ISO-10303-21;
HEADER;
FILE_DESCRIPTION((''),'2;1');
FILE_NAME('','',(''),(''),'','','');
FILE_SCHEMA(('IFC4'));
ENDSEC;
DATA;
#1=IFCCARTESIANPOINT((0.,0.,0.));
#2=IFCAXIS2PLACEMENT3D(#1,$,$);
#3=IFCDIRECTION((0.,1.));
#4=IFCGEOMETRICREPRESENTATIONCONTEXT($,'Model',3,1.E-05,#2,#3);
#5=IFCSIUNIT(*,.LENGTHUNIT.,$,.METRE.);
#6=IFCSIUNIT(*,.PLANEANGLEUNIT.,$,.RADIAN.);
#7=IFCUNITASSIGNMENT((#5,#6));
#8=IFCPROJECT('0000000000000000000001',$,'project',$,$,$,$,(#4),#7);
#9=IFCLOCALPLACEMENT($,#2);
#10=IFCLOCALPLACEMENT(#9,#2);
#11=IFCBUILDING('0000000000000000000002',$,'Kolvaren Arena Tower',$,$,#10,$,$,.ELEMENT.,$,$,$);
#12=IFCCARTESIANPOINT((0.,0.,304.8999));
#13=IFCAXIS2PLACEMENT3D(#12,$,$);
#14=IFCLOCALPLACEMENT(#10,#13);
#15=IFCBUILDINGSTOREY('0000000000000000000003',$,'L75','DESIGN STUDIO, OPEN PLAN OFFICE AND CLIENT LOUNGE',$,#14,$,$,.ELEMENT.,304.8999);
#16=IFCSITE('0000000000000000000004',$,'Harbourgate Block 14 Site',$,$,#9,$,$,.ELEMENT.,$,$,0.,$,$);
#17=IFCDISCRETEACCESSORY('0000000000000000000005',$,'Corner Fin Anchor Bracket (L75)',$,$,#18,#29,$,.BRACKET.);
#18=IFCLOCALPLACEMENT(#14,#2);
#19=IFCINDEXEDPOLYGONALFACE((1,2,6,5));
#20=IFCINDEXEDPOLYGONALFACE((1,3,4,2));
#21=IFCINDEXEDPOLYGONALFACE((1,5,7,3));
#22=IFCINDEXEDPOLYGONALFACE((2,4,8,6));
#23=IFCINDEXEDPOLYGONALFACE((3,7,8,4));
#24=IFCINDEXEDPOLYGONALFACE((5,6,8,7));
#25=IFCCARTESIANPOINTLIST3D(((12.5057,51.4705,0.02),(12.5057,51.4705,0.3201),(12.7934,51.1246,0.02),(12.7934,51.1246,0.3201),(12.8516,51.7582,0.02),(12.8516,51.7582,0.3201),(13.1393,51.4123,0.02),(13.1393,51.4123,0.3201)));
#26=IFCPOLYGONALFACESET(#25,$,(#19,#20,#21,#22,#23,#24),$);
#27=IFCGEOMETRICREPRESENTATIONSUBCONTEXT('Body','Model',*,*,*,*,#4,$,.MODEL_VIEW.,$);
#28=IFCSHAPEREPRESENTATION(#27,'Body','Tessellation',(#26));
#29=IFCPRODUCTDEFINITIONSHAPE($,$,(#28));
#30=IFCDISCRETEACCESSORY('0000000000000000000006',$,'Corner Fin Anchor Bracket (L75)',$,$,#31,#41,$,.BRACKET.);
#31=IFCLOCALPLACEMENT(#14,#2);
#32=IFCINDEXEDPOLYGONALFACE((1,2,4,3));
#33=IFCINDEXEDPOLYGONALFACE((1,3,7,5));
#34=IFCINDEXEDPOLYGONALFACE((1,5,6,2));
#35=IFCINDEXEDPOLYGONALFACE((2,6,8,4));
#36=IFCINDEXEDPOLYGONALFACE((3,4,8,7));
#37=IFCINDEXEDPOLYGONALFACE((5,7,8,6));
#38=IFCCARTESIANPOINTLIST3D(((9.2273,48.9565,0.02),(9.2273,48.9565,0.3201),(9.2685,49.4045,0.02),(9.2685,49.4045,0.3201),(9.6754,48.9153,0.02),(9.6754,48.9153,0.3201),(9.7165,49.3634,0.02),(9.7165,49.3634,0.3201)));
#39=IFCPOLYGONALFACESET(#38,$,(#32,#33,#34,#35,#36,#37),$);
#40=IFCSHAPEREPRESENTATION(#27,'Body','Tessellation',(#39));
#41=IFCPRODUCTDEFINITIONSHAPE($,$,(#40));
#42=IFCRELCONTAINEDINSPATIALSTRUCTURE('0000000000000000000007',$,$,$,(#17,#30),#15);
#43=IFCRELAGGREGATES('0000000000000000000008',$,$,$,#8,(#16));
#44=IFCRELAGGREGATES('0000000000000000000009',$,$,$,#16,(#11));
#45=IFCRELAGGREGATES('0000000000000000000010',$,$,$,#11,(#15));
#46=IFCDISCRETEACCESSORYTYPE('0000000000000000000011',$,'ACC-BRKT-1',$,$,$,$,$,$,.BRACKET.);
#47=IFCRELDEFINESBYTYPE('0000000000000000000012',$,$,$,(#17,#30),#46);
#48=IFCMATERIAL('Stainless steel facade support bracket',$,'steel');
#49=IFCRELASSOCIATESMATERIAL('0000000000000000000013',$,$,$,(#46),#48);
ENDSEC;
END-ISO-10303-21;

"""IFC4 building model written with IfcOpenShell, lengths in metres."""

from ifc_helpers import new_model, si_unit, direction, frame, origin, origin_2d, place, context, subcontext, project, spatial, rectangle, extrude, material, type_object, element, save


model = new_model("IFC4")

# Units and contexts
model_context = context("Model", 3, precision=1e-05, world=origin(), true_north=direction((0.0, 1.0)))
body_context = subcontext(model_context, "Body", "Model", "MODEL_VIEW")
ifc_project = project(units=[si_unit("LENGTHUNIT", "METRE"), si_unit("PLANEANGLEUNIT", "RADIAN")], contexts=[model_context])

# Site, building, storey
site_placement = place(None, origin())
site = spatial("IfcSite", under=ifc_project, at=site_placement, Name="Harbourgate Block 14 Site", CompositionType="ELEMENT", RefElevation=0.0)
building_placement = place(site_placement, origin())
building = spatial("IfcBuilding", under=site, at=building_placement, Name="Kolvaren Arena Tower", CompositionType="ELEMENT")
storey_placement = place(building_placement, frame((0.0, 0.0, 304.8999)))
storey = spatial("IfcBuildingStorey", under=building, at=storey_placement, Name="L75", Description="DESIGN STUDIO, OPEN PLAN OFFICE AND CLIENT LOUNGE", CompositionType="ELEMENT", Elevation=304.8999)

# Discrete accessories
ifc_material_1 = material(Name="Stainless steel facade support bracket", Category="steel")
discrete_accessory_type = type_object("IfcDiscreteAccessoryType", Name="ACC-BRKT-1", PredefinedType="BRACKET", material=ifc_material_1)
for number, where, z_axis, x_axis, name in (
    (1, (12.8225, 51.4414, 0.02), (0.0, 0.0, 1.0), (-0.639409, 0.768866, 0.0), "Corner Fin Anchor Bracket (L75)"),
    (2, (9.4719, 49.1599, 0.02), (0.0, 0.0, 1.0), (-0.995808, 0.091469, 0.0), "Corner Fin Anchor Bracket (L75)"),
):
    element("IfcDiscreteAccessory", number, at=place(storey_placement, frame(where, z_axis=z_axis, x_axis=x_axis)), inside=storey, type_object=discrete_accessory_type, Name=name, PredefinedType="BRACKET", context=body_context, shape_type="SweptSolid", body=[
        extrude(rectangle(XDim=0.45, YDim=0.45, at=origin_2d()), origin(), (0.0, 0.0, 1.0), 0.3),
    ])

save(model, "model.ifc")
